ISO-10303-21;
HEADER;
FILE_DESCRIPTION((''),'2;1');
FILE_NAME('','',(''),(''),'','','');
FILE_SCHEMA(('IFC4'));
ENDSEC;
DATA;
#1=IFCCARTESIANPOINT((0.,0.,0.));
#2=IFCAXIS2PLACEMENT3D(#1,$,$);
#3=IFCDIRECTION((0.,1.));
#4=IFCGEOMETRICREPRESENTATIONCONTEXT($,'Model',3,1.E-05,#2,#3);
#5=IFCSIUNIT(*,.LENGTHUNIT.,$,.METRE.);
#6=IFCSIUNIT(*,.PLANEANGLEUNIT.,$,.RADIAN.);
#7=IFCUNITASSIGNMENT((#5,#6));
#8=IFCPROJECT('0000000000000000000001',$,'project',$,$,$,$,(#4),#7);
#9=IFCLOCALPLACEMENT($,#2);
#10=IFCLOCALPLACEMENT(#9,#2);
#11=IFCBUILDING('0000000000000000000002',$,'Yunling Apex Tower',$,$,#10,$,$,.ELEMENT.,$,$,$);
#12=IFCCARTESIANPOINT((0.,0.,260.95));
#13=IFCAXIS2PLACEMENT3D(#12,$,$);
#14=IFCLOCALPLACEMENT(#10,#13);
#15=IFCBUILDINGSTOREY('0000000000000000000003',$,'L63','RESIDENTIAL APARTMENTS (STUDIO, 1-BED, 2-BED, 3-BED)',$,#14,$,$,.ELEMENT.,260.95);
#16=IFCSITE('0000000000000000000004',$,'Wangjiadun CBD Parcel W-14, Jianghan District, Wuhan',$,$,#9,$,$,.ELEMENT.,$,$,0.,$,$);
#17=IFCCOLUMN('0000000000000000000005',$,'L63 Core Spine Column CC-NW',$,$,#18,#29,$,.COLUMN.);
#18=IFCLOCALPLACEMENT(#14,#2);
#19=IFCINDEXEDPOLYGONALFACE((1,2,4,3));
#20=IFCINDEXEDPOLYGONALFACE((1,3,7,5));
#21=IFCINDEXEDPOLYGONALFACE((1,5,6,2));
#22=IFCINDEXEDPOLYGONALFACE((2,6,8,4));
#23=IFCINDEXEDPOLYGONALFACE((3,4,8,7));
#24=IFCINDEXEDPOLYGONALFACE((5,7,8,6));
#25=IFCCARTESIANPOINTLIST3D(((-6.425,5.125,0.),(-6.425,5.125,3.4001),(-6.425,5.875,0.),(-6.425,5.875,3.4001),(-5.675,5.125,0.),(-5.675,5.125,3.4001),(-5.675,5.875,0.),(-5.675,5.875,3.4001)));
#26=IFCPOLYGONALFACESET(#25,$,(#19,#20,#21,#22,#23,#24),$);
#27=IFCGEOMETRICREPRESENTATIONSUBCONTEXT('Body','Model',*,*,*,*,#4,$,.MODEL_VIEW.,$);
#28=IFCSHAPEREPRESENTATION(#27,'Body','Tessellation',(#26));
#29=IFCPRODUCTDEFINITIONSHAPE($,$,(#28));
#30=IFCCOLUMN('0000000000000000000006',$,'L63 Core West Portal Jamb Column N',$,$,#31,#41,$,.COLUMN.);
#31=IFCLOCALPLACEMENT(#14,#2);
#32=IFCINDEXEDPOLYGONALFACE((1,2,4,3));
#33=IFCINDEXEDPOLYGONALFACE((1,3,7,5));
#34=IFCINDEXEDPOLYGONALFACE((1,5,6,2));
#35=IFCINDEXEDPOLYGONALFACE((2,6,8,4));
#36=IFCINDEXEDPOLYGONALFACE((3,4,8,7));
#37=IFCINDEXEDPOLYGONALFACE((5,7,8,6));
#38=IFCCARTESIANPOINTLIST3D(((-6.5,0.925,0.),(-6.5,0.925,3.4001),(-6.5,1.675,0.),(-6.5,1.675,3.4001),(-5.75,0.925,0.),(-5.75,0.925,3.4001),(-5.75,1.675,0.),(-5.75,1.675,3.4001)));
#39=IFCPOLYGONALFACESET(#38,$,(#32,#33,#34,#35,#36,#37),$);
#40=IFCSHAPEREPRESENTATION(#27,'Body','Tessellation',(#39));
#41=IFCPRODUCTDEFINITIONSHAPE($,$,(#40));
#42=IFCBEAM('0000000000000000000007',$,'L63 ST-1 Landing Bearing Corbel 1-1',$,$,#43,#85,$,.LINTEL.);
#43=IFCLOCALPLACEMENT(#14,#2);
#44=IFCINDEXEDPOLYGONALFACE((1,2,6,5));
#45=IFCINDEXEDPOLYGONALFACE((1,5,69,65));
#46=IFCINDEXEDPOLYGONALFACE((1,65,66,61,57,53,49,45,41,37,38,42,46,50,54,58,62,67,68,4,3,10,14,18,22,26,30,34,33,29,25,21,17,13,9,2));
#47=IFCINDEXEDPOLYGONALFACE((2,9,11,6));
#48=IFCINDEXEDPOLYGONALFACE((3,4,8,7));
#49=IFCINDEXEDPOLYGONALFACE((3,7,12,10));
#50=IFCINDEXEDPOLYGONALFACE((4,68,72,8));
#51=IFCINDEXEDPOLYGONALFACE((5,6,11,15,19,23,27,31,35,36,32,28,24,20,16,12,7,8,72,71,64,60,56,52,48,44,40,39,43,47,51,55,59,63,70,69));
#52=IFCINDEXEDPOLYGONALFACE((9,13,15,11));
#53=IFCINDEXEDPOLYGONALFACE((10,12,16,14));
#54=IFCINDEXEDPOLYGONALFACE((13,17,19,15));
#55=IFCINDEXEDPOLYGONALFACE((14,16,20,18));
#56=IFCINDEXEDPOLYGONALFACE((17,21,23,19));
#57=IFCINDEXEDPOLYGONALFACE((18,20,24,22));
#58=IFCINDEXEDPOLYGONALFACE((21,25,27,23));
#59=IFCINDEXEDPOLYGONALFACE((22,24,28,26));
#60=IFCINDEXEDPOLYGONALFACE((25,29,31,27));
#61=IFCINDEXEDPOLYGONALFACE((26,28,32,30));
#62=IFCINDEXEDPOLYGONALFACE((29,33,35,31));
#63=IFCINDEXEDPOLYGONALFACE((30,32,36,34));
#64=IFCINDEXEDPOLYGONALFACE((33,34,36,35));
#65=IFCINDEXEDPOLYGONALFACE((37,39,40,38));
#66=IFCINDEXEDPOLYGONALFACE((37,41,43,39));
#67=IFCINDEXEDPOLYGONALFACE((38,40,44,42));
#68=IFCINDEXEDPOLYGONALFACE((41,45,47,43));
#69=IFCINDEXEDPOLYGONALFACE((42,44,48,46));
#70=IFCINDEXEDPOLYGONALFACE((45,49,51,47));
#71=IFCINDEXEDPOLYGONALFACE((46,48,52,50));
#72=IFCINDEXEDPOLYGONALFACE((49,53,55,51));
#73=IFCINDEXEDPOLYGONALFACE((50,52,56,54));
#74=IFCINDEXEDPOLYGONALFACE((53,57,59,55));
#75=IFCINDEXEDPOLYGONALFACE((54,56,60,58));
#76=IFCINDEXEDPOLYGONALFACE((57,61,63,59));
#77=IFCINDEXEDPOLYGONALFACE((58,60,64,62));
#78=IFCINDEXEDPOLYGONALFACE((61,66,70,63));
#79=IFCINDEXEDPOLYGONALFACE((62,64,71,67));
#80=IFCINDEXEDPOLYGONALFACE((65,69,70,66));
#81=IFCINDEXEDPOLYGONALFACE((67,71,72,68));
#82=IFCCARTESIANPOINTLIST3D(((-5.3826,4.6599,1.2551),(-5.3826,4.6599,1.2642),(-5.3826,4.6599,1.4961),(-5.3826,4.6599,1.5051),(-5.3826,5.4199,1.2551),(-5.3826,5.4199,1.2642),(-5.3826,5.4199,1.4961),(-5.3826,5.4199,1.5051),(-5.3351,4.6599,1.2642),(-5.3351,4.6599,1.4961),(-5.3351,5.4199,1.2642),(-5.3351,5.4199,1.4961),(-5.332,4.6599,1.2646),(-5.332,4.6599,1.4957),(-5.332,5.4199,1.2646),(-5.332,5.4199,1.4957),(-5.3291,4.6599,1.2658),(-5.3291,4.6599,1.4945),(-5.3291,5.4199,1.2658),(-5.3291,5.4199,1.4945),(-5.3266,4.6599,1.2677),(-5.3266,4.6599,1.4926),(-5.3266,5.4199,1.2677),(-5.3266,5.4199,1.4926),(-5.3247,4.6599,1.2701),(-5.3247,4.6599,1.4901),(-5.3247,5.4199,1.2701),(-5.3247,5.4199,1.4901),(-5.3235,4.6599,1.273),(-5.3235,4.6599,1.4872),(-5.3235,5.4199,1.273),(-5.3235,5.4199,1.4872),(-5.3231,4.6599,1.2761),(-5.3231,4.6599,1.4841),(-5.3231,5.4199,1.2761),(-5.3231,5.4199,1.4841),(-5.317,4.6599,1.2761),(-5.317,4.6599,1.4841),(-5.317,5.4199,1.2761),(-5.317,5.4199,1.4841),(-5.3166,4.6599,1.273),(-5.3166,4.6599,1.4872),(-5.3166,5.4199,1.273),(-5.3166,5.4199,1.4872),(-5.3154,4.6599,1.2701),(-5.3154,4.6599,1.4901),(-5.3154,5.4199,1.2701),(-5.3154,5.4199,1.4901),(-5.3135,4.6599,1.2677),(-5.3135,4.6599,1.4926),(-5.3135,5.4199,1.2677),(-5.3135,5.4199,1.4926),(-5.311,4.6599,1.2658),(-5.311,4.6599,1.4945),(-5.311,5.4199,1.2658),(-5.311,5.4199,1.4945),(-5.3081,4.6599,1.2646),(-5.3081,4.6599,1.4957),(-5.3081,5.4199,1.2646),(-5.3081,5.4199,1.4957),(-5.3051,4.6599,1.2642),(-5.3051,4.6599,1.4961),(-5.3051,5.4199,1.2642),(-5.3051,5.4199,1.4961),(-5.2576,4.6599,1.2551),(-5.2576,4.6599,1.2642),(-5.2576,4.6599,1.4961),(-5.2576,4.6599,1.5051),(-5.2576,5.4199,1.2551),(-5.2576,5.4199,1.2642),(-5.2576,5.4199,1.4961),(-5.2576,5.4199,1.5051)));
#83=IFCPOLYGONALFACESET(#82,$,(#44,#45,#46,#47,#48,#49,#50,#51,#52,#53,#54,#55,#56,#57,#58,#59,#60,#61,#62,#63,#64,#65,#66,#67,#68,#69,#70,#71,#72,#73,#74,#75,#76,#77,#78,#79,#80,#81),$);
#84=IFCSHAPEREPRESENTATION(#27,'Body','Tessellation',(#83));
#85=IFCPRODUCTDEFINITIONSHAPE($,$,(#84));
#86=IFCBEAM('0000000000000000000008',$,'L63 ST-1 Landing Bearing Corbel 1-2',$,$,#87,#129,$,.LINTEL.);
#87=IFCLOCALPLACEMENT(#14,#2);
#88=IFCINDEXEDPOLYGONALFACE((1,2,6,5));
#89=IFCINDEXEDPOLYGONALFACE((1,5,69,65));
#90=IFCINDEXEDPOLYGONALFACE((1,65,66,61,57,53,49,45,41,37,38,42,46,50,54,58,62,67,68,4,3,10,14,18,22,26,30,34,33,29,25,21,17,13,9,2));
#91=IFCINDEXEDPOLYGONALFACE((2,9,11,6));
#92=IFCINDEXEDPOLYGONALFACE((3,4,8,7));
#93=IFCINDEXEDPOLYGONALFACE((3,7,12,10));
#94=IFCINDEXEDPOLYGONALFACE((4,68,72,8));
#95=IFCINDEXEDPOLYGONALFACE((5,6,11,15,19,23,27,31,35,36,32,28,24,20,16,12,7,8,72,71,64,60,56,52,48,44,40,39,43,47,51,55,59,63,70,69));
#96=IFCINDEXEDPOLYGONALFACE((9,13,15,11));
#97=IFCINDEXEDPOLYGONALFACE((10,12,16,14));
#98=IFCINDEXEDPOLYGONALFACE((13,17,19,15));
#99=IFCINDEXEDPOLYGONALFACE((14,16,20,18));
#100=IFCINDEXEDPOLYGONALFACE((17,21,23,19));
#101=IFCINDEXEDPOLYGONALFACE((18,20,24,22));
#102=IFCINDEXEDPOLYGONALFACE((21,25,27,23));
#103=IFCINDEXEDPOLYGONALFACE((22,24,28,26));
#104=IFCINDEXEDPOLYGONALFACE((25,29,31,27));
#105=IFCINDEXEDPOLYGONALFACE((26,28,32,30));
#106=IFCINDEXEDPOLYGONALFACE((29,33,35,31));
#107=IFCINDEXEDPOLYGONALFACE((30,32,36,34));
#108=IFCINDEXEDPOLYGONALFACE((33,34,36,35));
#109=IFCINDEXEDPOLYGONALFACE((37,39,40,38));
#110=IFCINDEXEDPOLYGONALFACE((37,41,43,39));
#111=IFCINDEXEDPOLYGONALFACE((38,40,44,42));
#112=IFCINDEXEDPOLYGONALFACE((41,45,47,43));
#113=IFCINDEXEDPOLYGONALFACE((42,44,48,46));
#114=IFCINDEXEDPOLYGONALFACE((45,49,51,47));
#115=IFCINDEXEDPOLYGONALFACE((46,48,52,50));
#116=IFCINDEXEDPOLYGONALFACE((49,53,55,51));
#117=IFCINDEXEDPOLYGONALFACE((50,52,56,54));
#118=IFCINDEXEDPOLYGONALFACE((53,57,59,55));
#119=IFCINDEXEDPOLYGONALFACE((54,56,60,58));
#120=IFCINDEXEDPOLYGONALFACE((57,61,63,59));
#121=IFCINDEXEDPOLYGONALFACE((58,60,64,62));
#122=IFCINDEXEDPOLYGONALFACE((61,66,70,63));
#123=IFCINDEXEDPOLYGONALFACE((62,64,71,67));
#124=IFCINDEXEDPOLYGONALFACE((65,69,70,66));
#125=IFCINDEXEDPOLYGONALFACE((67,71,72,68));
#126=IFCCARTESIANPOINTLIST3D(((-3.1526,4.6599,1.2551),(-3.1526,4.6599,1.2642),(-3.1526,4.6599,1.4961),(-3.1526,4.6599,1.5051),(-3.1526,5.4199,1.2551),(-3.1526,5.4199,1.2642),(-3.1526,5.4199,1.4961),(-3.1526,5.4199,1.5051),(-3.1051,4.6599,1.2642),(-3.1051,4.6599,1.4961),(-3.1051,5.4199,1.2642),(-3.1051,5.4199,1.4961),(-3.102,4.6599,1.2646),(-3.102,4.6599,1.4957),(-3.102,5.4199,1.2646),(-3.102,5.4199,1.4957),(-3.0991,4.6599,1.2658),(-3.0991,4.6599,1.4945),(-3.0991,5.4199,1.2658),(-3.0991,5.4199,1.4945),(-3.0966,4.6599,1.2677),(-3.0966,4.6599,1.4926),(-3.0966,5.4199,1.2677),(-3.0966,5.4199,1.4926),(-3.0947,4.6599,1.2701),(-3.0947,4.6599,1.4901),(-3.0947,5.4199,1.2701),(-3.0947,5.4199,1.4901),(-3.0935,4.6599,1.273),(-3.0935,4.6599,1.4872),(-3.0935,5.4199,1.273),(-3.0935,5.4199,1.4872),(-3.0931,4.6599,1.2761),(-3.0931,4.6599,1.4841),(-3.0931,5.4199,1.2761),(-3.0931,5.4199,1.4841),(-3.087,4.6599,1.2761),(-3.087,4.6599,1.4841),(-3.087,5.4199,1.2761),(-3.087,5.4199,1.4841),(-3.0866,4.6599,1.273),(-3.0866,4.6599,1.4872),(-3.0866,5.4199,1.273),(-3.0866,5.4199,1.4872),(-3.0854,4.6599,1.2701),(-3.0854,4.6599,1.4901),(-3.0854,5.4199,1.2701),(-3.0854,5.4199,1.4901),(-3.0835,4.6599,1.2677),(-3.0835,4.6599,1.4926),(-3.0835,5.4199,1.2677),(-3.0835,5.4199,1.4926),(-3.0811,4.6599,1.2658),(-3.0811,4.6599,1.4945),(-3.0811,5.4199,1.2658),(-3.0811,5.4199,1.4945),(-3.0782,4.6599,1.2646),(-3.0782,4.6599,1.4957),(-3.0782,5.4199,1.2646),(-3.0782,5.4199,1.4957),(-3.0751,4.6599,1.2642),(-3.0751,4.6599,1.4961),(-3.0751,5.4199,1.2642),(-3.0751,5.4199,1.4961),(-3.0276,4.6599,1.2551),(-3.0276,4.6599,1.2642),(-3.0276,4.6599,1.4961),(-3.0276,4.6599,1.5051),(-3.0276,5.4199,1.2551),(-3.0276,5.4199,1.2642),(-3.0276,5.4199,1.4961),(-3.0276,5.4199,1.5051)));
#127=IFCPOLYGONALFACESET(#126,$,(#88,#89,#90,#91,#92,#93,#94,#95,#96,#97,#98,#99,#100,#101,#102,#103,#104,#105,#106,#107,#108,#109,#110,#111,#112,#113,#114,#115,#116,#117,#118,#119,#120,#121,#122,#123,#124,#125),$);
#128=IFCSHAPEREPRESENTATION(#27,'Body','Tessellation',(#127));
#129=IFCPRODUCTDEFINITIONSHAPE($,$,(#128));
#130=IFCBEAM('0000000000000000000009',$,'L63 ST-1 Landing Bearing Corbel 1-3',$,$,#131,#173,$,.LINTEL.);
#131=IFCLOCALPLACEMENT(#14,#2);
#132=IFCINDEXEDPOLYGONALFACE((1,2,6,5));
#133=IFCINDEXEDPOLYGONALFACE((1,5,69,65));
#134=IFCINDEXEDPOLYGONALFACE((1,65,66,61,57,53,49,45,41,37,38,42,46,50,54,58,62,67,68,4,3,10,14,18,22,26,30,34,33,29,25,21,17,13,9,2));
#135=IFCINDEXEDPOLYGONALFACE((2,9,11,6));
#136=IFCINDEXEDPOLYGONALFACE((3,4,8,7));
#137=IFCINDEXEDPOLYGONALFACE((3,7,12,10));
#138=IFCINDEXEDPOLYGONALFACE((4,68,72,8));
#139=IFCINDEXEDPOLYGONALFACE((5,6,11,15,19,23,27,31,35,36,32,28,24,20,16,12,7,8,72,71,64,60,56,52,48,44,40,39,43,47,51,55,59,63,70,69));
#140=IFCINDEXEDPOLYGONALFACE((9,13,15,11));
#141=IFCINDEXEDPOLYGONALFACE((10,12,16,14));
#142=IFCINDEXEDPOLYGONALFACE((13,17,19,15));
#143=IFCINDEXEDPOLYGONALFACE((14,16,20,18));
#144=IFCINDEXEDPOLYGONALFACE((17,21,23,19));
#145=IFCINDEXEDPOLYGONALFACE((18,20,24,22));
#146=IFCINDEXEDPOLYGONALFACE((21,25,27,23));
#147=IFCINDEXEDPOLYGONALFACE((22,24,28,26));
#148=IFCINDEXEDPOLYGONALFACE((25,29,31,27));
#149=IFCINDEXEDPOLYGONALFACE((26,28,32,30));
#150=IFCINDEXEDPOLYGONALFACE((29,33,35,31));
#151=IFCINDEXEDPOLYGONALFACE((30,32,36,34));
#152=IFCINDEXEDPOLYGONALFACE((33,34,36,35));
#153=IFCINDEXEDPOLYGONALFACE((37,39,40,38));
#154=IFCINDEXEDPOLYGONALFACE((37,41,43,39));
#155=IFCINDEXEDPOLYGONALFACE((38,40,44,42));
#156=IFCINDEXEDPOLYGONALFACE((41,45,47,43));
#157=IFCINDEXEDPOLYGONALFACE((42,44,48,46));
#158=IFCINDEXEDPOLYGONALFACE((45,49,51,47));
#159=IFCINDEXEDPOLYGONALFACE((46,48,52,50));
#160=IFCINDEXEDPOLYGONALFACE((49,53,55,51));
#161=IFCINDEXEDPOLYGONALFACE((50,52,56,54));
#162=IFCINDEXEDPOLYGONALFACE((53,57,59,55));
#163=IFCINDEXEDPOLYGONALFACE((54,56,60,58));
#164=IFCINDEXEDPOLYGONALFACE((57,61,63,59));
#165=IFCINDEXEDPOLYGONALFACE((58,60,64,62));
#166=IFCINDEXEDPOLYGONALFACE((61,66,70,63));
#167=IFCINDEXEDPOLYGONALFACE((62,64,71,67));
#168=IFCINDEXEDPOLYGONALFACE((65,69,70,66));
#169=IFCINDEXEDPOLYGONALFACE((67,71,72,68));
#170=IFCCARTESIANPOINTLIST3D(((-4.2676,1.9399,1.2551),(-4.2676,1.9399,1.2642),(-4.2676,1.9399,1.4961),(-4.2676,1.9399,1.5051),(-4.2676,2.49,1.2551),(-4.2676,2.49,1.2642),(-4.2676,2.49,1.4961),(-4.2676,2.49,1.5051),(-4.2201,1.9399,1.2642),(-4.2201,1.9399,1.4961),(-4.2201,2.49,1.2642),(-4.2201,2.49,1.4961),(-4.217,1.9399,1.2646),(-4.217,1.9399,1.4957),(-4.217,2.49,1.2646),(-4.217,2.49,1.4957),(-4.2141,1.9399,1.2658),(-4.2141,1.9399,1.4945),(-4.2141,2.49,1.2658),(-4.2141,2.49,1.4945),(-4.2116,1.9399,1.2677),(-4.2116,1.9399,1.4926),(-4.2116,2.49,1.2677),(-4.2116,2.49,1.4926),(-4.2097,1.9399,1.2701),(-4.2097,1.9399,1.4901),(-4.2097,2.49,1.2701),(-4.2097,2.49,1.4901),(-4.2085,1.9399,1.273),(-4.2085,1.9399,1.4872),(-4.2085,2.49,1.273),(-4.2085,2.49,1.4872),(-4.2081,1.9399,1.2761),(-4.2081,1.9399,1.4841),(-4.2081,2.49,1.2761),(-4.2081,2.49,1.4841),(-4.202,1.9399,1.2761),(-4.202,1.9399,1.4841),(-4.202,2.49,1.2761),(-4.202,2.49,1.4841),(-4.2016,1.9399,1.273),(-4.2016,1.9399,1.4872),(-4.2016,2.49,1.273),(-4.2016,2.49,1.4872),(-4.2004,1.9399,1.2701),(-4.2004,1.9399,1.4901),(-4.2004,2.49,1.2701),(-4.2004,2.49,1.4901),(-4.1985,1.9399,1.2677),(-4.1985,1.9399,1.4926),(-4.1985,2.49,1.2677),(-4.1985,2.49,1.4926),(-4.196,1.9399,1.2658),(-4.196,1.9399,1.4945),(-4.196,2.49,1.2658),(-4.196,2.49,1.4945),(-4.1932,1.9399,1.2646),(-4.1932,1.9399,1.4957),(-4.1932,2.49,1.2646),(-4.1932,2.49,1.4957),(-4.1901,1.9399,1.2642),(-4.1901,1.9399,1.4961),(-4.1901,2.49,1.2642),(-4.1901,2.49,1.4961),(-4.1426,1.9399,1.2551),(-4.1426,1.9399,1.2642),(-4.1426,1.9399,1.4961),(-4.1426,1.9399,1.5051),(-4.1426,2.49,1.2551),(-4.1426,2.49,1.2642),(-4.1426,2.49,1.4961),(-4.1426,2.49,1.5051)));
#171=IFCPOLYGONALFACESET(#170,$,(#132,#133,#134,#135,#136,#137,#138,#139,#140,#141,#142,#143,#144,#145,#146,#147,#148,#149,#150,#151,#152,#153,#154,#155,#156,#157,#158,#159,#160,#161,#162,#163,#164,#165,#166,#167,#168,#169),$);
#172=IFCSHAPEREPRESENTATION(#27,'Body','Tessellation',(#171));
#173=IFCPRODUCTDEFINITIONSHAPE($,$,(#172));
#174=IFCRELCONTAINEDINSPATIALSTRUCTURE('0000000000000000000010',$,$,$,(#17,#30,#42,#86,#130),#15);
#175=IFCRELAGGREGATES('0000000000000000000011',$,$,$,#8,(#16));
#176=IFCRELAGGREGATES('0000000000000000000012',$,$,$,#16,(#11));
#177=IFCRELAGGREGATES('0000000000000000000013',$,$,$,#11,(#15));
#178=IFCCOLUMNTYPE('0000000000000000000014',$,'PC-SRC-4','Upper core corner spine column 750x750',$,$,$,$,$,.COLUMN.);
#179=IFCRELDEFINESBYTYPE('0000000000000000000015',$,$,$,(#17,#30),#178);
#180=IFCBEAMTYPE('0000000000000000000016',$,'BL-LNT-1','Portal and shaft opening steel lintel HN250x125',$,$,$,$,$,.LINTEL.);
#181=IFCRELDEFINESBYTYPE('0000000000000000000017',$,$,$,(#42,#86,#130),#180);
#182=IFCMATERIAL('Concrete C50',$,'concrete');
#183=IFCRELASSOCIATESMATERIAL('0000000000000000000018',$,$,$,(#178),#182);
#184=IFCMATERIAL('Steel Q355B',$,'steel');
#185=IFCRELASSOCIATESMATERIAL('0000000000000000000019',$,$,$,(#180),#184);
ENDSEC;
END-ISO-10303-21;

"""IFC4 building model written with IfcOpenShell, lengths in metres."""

from ifc_helpers import new_model, si_unit, direction, frame, origin, origin_2d, place, context, subcontext, project, spatial, rectangle, i_section, extrude, source, transform, mapped, material, material_profile, profile_set, type_object, element, save


model = new_model("IFC4")

# Units and contexts
model_context = context("Model", 3, precision=1e-05, world=origin(), true_north=direction((0.0, 1.0)))
body_context = subcontext(model_context, "Body", "Model", "MODEL_VIEW")
ifc_project = project(units=[si_unit("LENGTHUNIT", "METRE"), si_unit("PLANEANGLEUNIT", "RADIAN")], contexts=[model_context])

# Site, building, storey
site_placement = place(None, origin())
site = spatial("IfcSite", under=ifc_project, at=site_placement, Name="Wangjiadun CBD Parcel W-14, Jianghan District, Wuhan", CompositionType="ELEMENT", RefElevation=0.0)
building_placement = place(site_placement, origin())
building = spatial("IfcBuilding", under=site, at=building_placement, Name="Yunling Apex Tower", CompositionType="ELEMENT")
storey_placement = place(building_placement, frame((0.0, 0.0, 260.95)))
storey = spatial("IfcBuildingStorey", under=building, at=storey_placement, Name="L63", Description="RESIDENTIAL APARTMENTS (STUDIO, 1-BED, 2-BED, 3-BED)", CompositionType="ELEMENT", Elevation=260.95)

# Columns
ifc_material_1 = material(Name="Concrete C50", Category="concrete")
ifc_material_profile_1 = material_profile(ifc_material_1, rectangle(XDim=0.75, YDim=0.75, at=origin_2d()))
ifc_profile_set_1 = profile_set([ifc_material_profile_1], Name="Concrete C50")
column_type = type_object("IfcColumnType", Name="PC-SRC-4", Description="Upper core corner spine column 750x750", PredefinedType="COLUMN", material=ifc_profile_set_1)
shared_shape_1 = source(origin(), body_context, "Body", "SweptSolid", [
    extrude(rectangle(XDim=0.75, YDim=0.75, at=origin_2d()), origin(), (0.0, 0.0, 1.0), 3.4001),
])
for number, where, z_axis, x_axis, name in (
    (1, (-6.05, 5.5, 0.0), (0.0, 0.0, 1.0), (1.0, 0.0, 0.0), "L63 Core Spine Column CC-NW"),
    (2, (-6.125, 1.3, 0.0), (0.0, 0.0, 1.0), (1.0, 0.0, 0.0), "L63 Core West Portal Jamb Column N"),
):
    element("IfcColumn", number, at=place(storey_placement, frame(where, z_axis=z_axis, x_axis=x_axis)), inside=storey, type_object=column_type, Name=name, PredefinedType="COLUMN", context=body_context, shape_type="MappedRepresentation", body=[
        mapped(shared_shape_1, transform((0.0, 0.0, 0.0), scale=1.0)),
    ])

# Beams
ifc_material_2 = material(Name="Steel Q355B", Category="steel")
ifc_material_profile_2 = material_profile(ifc_material_2, i_section(OverallWidth=0.125, OverallDepth=0.25, WebThickness=0.0061, FlangeThickness=0.009, FilletRadius=0.012, at=origin_2d()))
ifc_profile_set_2 = profile_set([ifc_material_profile_2], Name="Steel Q355B")
beam_type_1 = type_object("IfcBeamType", Name="BL-LNT-1", Description="Portal and shaft opening steel lintel HN250x125", PredefinedType="LINTEL", material=ifc_profile_set_2)
shared_shape_2 = source(origin(), body_context, "Body", "SweptSolid", [
    extrude(i_section(OverallWidth=0.125, OverallDepth=0.25, WebThickness=0.0061, FlangeThickness=0.009, FilletRadius=0.012, at=origin_2d()), origin(), (0.0, 0.0, 1.0), 0.76),
])
for number, where, z_axis, x_axis, name in (
    (3, (-5.3201, 5.4199, 1.3801), (0.0, -1.0, 0.0), (1.0, 0.0, 0.0), "L63 ST-1 Landing Bearing Corbel 1-1"),
    (4, (-3.0901, 5.4199, 1.3801), (0.0, -1.0, 0.0), (1.0, 0.0, 0.0), "L63 ST-1 Landing Bearing Corbel 1-2"),
):
    element("IfcBeam", number, at=place(storey_placement, frame(where, z_axis=z_axis, x_axis=x_axis)), inside=storey, type_object=beam_type_1, Name=name, PredefinedType="LINTEL", context=body_context, shape_type="MappedRepresentation", body=[
        mapped(shared_shape_2, transform((0.0, 0.0, 0.0), scale=1.0)),
    ])
shared_shape_3 = source(origin(), body_context, "Body", "SweptSolid", [
    extrude(i_section(OverallWidth=0.125, OverallDepth=0.25, WebThickness=0.0061, FlangeThickness=0.009, FilletRadius=0.012, at=origin_2d()), origin(), (0.0, 0.0, 1.0), 0.55),
])
beam_1_placement = place(storey_placement, frame((-4.2051, 1.9399, 1.3801), z_axis=(0.0, 1.0, 0.0), x_axis=(-1.0, 0.0, 0.0)))
element("IfcBeam", 5, at=beam_1_placement, inside=storey, type_object=beam_type_1, Name="L63 ST-1 Landing Bearing Corbel 1-3", PredefinedType="LINTEL", context=body_context, shape_type="MappedRepresentation", body=[
    mapped(shared_shape_3, transform((0.0, 0.0, 0.0), scale=1.0)),
])

save(model, "model.ifc")
